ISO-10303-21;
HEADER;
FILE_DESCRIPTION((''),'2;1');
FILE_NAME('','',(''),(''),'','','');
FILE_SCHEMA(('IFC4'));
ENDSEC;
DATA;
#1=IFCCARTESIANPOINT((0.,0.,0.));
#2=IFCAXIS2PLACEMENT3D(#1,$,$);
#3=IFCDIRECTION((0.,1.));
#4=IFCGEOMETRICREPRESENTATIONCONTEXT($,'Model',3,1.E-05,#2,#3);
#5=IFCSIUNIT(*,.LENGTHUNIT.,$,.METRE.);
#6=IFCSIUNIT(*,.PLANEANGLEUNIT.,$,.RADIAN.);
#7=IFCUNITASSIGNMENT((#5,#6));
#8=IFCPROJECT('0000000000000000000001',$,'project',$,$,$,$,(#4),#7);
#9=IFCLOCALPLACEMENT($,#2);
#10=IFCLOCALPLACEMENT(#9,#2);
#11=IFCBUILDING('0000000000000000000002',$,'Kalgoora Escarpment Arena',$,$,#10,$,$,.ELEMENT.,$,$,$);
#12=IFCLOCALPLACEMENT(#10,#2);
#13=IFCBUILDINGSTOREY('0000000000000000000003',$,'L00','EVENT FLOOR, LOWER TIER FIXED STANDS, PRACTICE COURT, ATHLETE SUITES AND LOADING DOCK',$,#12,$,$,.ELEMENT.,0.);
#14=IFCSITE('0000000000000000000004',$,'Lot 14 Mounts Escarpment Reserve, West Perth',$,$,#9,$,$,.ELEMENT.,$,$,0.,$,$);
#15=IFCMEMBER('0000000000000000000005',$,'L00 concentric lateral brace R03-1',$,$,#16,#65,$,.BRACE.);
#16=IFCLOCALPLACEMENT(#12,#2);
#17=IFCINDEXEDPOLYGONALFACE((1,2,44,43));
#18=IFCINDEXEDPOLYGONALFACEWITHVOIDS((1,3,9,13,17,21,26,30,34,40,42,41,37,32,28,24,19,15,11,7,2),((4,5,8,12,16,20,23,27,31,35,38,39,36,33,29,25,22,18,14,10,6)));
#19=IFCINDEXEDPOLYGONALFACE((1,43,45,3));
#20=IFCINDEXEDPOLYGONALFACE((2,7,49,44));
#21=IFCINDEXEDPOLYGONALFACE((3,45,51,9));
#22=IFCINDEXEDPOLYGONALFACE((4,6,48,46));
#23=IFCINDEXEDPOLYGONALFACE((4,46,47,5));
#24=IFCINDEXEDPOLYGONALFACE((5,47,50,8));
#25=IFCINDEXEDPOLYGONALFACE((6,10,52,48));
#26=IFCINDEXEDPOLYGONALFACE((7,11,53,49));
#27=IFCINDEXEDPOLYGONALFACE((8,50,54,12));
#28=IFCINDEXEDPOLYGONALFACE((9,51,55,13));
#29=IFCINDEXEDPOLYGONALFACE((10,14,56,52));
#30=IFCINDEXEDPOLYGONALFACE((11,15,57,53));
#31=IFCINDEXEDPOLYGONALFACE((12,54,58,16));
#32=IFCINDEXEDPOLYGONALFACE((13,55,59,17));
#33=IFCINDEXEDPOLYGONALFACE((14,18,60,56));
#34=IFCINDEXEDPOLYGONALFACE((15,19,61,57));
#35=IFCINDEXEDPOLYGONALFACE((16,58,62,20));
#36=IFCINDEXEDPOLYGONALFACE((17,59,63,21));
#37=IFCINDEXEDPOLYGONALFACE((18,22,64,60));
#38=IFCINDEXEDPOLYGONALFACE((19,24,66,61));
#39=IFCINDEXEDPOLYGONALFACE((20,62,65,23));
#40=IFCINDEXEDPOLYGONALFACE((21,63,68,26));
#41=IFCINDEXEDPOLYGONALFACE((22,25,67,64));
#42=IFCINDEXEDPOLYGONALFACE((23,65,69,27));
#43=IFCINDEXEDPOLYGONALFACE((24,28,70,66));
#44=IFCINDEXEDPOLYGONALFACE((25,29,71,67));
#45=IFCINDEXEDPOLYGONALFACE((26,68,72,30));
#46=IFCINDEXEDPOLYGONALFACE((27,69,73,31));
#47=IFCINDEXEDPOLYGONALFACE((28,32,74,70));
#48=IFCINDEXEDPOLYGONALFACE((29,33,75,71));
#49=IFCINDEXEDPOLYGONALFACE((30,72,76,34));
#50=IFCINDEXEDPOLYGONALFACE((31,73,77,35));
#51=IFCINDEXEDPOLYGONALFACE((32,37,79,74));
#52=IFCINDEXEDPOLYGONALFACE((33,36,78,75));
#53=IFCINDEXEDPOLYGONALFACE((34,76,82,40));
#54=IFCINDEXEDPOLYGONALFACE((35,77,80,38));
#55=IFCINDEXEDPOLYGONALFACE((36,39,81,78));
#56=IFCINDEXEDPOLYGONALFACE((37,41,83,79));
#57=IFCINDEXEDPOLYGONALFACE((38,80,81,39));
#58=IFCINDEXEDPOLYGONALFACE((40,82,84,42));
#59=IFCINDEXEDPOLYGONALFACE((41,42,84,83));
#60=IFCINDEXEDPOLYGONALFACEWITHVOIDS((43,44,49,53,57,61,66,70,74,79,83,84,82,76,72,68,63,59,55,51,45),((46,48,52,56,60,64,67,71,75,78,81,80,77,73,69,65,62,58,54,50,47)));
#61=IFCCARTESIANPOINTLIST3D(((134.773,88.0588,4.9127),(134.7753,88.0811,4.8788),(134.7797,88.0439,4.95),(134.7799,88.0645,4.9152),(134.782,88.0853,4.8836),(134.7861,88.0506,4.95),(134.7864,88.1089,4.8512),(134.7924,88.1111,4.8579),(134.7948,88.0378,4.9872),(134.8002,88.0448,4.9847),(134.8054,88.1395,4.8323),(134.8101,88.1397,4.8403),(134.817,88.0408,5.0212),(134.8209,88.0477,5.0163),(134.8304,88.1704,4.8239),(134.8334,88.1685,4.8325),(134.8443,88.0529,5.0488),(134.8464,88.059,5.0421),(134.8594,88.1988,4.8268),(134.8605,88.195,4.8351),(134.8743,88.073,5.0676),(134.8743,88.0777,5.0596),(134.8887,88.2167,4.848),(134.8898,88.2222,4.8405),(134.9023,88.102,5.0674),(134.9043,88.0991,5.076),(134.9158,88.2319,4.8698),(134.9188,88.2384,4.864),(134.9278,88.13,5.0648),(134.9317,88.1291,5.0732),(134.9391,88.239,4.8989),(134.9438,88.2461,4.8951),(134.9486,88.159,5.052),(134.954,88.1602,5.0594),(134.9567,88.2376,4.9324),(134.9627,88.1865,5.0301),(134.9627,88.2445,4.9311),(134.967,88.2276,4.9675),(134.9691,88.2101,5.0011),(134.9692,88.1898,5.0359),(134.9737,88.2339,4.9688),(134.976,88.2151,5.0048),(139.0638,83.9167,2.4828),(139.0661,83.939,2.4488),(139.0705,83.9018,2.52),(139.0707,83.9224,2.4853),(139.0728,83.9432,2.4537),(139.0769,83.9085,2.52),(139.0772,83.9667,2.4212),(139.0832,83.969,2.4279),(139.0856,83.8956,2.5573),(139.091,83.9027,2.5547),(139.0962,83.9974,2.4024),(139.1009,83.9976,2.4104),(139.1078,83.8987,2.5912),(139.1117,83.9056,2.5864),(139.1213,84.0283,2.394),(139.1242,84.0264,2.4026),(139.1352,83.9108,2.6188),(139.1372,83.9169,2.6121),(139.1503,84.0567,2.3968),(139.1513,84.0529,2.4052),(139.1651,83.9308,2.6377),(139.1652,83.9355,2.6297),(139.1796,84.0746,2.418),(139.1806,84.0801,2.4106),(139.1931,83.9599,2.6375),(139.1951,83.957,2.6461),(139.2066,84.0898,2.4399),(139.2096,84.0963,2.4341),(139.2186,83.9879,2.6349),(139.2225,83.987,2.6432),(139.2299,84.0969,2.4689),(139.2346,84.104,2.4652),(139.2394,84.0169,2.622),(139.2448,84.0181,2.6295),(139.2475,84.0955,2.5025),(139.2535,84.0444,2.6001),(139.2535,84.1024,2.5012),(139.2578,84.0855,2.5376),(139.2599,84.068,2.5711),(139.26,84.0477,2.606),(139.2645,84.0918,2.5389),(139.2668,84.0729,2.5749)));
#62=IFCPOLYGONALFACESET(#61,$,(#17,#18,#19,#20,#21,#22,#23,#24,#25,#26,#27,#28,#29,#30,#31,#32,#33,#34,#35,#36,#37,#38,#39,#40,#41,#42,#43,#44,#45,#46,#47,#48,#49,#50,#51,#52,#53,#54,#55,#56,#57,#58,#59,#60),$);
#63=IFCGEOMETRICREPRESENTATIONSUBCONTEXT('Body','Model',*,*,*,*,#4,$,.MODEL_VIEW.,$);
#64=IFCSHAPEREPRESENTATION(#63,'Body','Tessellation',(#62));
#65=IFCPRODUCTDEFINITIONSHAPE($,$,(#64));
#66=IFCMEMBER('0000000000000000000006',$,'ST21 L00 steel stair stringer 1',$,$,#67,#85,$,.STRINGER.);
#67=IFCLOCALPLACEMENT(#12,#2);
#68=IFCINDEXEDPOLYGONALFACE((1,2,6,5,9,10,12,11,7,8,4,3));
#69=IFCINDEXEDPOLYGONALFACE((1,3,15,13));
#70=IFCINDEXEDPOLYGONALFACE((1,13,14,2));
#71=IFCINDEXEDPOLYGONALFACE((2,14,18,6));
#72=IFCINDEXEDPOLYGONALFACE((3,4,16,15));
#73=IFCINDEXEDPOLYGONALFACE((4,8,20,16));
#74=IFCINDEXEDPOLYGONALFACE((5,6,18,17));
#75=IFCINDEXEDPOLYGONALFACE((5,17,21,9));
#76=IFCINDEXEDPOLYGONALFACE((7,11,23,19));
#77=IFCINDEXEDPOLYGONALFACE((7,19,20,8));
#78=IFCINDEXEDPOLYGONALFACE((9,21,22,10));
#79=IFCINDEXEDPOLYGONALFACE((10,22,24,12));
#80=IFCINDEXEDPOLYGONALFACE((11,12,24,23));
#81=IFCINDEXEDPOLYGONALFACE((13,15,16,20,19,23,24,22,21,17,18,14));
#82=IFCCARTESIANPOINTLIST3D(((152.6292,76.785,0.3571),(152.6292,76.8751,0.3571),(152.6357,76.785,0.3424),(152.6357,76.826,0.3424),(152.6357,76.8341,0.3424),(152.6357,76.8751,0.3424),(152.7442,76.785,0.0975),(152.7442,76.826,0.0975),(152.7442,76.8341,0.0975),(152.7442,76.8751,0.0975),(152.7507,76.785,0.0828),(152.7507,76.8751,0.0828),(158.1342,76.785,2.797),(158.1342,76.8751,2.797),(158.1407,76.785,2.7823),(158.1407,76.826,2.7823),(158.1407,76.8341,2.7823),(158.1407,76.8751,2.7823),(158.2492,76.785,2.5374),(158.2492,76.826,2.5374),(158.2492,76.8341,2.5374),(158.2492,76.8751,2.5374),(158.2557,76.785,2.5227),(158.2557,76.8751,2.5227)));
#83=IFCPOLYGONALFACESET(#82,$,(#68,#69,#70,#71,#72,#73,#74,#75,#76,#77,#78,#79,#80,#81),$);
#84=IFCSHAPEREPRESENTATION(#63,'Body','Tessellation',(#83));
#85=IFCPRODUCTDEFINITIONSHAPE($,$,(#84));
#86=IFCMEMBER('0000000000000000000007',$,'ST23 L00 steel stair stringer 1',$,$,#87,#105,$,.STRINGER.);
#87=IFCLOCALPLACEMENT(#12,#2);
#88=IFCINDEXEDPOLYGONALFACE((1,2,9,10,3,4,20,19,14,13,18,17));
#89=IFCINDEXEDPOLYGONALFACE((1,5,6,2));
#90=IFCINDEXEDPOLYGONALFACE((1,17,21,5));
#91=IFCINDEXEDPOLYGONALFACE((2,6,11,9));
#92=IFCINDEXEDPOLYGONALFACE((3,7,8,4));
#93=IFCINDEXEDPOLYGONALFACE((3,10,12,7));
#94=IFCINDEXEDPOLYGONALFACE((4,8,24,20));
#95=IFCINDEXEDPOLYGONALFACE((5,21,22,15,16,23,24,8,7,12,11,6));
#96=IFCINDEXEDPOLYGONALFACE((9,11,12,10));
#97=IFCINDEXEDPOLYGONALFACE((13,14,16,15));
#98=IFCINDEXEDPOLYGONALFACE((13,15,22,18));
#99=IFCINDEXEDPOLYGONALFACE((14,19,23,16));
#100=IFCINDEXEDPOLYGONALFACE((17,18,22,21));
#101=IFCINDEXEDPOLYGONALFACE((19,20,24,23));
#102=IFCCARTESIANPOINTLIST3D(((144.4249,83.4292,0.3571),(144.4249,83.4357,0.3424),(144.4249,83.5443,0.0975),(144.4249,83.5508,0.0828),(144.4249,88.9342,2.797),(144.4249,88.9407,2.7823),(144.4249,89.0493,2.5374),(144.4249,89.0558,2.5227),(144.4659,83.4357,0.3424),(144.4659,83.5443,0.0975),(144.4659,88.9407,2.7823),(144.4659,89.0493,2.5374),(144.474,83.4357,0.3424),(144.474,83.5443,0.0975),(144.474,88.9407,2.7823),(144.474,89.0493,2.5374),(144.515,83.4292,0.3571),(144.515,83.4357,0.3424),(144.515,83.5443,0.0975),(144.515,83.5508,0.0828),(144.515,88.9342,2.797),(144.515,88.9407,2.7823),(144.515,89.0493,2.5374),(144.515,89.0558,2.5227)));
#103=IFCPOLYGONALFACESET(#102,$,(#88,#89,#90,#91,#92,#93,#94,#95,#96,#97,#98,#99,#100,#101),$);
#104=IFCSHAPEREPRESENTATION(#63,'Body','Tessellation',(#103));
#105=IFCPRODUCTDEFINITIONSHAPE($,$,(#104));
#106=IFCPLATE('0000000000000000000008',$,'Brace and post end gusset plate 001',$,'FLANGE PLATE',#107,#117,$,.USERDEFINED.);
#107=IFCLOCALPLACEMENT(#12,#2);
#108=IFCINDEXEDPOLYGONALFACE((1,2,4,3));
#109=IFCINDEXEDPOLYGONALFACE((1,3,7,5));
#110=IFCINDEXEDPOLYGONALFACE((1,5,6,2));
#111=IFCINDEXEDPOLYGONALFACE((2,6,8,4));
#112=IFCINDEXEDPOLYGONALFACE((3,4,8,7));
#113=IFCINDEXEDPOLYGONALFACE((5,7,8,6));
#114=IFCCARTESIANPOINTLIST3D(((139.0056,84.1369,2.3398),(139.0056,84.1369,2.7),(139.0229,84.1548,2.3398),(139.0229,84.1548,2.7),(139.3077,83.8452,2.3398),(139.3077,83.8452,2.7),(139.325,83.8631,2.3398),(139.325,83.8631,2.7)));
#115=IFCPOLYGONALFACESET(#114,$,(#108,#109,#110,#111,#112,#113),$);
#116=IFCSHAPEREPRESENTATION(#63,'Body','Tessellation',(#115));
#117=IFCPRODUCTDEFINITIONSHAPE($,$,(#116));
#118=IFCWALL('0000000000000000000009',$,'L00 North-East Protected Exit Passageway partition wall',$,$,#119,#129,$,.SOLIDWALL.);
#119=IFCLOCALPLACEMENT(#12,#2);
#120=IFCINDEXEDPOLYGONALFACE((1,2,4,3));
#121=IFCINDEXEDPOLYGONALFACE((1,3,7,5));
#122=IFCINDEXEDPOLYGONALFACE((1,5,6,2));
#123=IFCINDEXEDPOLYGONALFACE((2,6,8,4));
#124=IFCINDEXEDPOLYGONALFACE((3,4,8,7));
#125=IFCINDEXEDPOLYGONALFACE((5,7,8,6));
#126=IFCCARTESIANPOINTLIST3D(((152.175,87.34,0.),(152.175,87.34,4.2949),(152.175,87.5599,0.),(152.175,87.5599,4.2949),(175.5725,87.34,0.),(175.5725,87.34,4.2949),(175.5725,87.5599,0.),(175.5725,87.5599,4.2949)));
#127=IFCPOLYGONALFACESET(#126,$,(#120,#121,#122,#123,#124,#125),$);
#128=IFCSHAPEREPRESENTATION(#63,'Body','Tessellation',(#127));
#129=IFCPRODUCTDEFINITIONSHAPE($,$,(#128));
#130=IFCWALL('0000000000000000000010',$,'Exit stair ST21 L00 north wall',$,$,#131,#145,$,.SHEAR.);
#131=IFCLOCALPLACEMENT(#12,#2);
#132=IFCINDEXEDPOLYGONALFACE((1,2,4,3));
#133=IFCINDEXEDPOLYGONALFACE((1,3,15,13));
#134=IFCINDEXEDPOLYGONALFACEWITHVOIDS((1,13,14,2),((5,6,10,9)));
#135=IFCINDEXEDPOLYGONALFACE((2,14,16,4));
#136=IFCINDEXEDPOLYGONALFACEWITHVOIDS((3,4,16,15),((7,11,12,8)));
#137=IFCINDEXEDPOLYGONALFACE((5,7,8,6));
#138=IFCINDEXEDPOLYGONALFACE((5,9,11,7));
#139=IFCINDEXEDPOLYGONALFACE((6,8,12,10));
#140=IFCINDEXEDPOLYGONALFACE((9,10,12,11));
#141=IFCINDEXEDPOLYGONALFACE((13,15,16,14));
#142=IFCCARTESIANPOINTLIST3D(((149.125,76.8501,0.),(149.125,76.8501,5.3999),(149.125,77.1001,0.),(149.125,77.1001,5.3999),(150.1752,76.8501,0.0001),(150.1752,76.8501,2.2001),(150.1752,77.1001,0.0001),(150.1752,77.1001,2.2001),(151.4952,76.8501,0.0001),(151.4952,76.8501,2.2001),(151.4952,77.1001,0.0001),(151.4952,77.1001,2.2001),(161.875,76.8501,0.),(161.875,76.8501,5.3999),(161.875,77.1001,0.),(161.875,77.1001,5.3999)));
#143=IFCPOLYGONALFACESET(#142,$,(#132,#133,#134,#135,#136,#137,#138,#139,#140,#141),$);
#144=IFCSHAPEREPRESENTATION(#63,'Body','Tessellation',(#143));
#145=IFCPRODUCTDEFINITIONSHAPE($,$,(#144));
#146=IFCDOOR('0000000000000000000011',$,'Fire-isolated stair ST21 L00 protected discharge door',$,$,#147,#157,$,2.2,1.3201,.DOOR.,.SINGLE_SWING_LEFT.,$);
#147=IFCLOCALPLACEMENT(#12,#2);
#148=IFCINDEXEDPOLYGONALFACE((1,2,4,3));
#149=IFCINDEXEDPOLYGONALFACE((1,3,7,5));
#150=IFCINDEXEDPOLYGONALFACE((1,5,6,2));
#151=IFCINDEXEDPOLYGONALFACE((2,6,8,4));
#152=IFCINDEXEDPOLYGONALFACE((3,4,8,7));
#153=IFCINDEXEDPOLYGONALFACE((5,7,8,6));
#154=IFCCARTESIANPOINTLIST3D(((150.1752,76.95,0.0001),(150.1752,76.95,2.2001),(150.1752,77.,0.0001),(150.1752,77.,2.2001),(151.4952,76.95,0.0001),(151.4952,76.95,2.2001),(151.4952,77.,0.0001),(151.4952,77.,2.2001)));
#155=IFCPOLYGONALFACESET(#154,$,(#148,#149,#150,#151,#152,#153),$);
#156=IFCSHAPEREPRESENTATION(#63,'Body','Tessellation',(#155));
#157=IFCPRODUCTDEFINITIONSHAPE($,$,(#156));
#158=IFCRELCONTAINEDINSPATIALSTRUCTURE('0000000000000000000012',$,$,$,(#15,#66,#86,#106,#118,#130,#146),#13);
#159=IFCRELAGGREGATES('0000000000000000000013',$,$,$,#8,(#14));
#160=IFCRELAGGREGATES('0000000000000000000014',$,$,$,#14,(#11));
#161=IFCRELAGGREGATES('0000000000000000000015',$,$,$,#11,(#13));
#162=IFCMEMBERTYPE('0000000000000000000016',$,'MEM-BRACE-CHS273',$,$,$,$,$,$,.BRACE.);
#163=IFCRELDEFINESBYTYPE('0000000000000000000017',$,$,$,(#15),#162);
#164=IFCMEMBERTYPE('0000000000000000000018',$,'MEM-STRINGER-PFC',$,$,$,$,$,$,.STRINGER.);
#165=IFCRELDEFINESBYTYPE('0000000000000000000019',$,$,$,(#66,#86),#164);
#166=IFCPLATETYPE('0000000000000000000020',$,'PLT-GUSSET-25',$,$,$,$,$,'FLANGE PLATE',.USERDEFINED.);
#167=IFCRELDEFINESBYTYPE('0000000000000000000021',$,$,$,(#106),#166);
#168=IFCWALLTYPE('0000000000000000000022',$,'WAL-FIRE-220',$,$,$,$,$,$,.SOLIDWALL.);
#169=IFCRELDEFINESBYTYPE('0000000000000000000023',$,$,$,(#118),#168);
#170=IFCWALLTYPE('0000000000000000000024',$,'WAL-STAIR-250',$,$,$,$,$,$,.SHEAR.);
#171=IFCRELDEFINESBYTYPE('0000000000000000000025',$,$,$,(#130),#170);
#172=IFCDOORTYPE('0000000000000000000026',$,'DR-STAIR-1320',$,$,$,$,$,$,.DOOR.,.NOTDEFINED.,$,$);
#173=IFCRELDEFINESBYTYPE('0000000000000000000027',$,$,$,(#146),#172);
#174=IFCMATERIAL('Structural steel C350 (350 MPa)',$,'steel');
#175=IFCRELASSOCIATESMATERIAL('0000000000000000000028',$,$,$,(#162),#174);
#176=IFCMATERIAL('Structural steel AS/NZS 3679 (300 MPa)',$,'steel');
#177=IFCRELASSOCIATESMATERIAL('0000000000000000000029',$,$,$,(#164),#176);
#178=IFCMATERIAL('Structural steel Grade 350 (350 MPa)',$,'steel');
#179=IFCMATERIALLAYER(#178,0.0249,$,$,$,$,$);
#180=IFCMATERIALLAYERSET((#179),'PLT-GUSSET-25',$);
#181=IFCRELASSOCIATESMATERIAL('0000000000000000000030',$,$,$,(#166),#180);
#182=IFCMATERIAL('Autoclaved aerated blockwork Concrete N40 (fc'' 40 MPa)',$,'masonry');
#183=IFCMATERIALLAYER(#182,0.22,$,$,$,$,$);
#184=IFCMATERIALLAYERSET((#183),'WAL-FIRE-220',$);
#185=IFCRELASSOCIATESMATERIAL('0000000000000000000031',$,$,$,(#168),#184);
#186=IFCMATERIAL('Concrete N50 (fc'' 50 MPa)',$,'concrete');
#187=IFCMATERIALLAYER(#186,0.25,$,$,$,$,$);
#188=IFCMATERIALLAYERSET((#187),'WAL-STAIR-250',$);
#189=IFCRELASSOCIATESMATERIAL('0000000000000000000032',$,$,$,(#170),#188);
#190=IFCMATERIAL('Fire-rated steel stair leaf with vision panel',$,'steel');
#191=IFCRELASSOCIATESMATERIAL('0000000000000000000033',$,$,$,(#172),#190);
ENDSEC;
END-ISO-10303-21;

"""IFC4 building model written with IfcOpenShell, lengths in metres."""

from ifc_helpers import new_model, si_unit, direction, frame, frame_2d, origin, origin_2d, place, context, subcontext, project, spatial, rectangle, hollow_circle, i_section, extrude, material, layer, layer_set, material_profile, profile_set, type_object, element, fill, save


model = new_model("IFC4")

# Units and contexts
model_context = context("Model", 3, precision=1e-05, world=origin(), true_north=direction((0.0, 1.0)))
body_context = subcontext(model_context, "Body", "Model", "MODEL_VIEW")
ifc_project = project(units=[si_unit("LENGTHUNIT", "METRE"), si_unit("PLANEANGLEUNIT", "RADIAN")], contexts=[model_context])

# Site, building, storey
site_placement = place(None, origin())
site = spatial("IfcSite", under=ifc_project, at=site_placement, Name="Lot 14 Mounts Escarpment Reserve, West Perth", CompositionType="ELEMENT", RefElevation=0.0)
building_placement = place(site_placement, origin())
building = spatial("IfcBuilding", under=site, at=building_placement, Name="Kalgoora Escarpment Arena", CompositionType="ELEMENT")
storey_placement = place(building_placement, origin())
storey = spatial("IfcBuildingStorey", under=building, at=storey_placement, Name="L00", Description="EVENT FLOOR, LOWER TIER FIXED STANDS, PRACTICE COURT, ATHLETE SUITES AND LOADING DOCK", CompositionType="ELEMENT", Elevation=0.0)

# Members
ifc_material_1 = material(Name="Structural steel C350 (350 MPa)", Category="steel")
ifc_material_profile_1 = material_profile(ifc_material_1, hollow_circle(Radius=0.1365, WallThickness=0.0093, at=origin_2d()))
ifc_profile_set_1 = profile_set([ifc_material_profile_1], Name="Structural steel C350 (350 MPa)")
member_type_1 = type_object("IfcMemberType", Name="MEM-BRACE-CHS273", PredefinedType="BRACE", material=ifc_profile_set_1)
member_placement = place(storey_placement, frame((139.1653, 84.0, 2.52), z_axis=(-0.66628, 0.643193, 0.377325), x_axis=(-0.694532, -0.719462, 0.0)))
element("IfcMember", 1, at=member_placement, inside=storey, type_object=member_type_1, Name="L00 concentric lateral brace R03-1", PredefinedType="BRACE", context=body_context, shape_type="SweptSolid", body=[
    extrude(hollow_circle(Radius=0.1365, WallThickness=0.0093, at=origin_2d()), origin(), (0.0, 0.0, 1.0), 6.4399),
])
ifc_material_2 = material(Name="Structural steel AS/NZS 3679 (300 MPa)", Category="steel")
ifc_material_profile_2 = material_profile(ifc_material_2, i_section(OverallWidth=0.0901, OverallDepth=0.3, WebThickness=0.0081, FlangeThickness=0.0161, at=origin_2d()))
ifc_profile_set_2 = profile_set([ifc_material_profile_2], Name="Structural steel AS/NZS 3679 (300 MPa)")
member_type_2 = type_object("IfcMemberType", Name="MEM-STRINGER-PFC", PredefinedType="STRINGER", material=ifc_profile_set_2)
for number, where, z_axis, x_axis, name in (
    (2, (152.6899, 76.8301, 0.22), (0.914229, 0.0, 0.405198), (0.0, 1.0, 0.0), "ST21 L00 steel stair stringer 1"),
    (3, (144.47, 83.49, 0.22), (0.0, 0.914229, 0.405198), (-1.0, 0.0, 0.0), "ST23 L00 steel stair stringer 1"),
):
    element("IfcMember", number, at=place(storey_placement, frame(where, z_axis=z_axis, x_axis=x_axis)), inside=storey, type_object=member_type_2, Name=name, PredefinedType="STRINGER", context=body_context, shape_type="SweptSolid", body=[
        extrude(i_section(OverallWidth=0.0901, OverallDepth=0.3, WebThickness=0.0081, FlangeThickness=0.0161, at=origin_2d()), origin(), (0.0, 0.0, 1.0), 6.0215),
    ])

# Plate
ifc_material_3 = material(Name="Structural steel Grade 350 (350 MPa)", Category="steel")
ifc_layer_1 = layer(ifc_material_3, 0.0249)
ifc_layer_set_1 = layer_set([ifc_layer_1], Name="PLT-GUSSET-25")
plate_type = type_object("IfcPlateType", Name="PLT-GUSSET-25", ElementType="FLANGE PLATE", PredefinedType="USERDEFINED", material=ifc_layer_set_1)
plate_placement = place(storey_placement, frame((139.1653, 84.0, 2.3398), z_axis=(0.0, 0.0, 1.0), x_axis=(-0.71934, 0.694658, 0.0)))
element("IfcPlate", 4, at=plate_placement, inside=storey, type_object=plate_type, Name="Brace and post end gusset plate 001", ObjectType="FLANGE PLATE", PredefinedType="USERDEFINED", context=body_context, shape_type="SweptSolid", body=[
    extrude(rectangle(XDim=0.4199, YDim=0.0249, at=origin_2d()), origin(), (0.0, 0.0, 1.0), 0.3601),
])

# Wall
ifc_material_4 = material(Name="Autoclaved aerated blockwork Concrete N40 (fc' 40 MPa)", Category="masonry")
ifc_layer_2 = layer(ifc_material_4, 0.22)
ifc_layer_set_2 = layer_set([ifc_layer_2], Name="WAL-FIRE-220")
wall_type_1 = type_object("IfcWallType", Name="WAL-FIRE-220", PredefinedType="SOLIDWALL", material=ifc_layer_set_2)
wall_1_placement = place(storey_placement, frame((152.175, 87.45, 0.0), z_axis=(0.0, 0.0, 1.0), x_axis=(1.0, 0.0, 0.0)))
element("IfcWall", 5, at=wall_1_placement, inside=storey, type_object=wall_type_1, Name="L00 North-East Protected Exit Passageway partition wall", PredefinedType="SOLIDWALL", context=body_context, shape_type="SweptSolid", body=[
    extrude(rectangle(XDim=23.3975, YDim=0.22, at=frame_2d((11.6987, 0.0))), origin(), (0.0, 0.0, 1.0), 4.2949),
])

# Wall, opening, door
ifc_material_5 = material(Name="Concrete N50 (fc' 50 MPa)", Category="concrete")
ifc_layer_3 = layer(ifc_material_5, 0.25)
ifc_layer_set_3 = layer_set([ifc_layer_3], Name="WAL-STAIR-250")
wall_type_2 = type_object("IfcWallType", Name="WAL-STAIR-250", PredefinedType="SHEAR", material=ifc_layer_set_3)
wall_2_placement = place(storey_placement, frame((149.125, 76.9751, 0.0), z_axis=(0.0, 0.0, 1.0), x_axis=(1.0, 0.0, 0.0)))
wall_2 = element("IfcWall", 6, at=wall_2_placement, inside=storey, type_object=wall_type_2, Name="Exit stair ST21 L00 north wall", PredefinedType="SHEAR", context=body_context, shape_type="SweptSolid", body=[
    extrude(rectangle(XDim=12.75, YDim=0.25, at=frame_2d((6.375, 0.0))), origin(), (0.0, 0.0, 1.0), 5.3999),
])
opening_1_placement = place(wall_2_placement, frame((1.05, 0.0, 0.0)))
opening_1 = element("IfcOpeningElement", 7, at=opening_1_placement, cuts=wall_2, PredefinedType="OPENING", context=body_context, shape_type="SweptSolid", body=[
    extrude(rectangle(XDim=1.3201, YDim=2.2, at=frame_2d((0.6602, 1.1001))), frame((0.0, 0.135, 0.0), z_axis=(0.0, -1.0, 0.0), x_axis=(1.0, 0.0, 0.0)), (0.0, 0.0, 1.0), 0.27),
])
ifc_material_6 = material(Name="Fire-rated steel stair leaf with vision panel", Category="steel")
door_type_1 = type_object("IfcDoorType", Name="DR-STAIR-1320", OperationType="NOTDEFINED", PredefinedType="DOOR", material=ifc_material_6)
door_1_placement = place(opening_1_placement, origin())
door_1 = element("IfcDoor", 8, at=door_1_placement, inside=storey, type_object=door_type_1, Name="Fire-isolated stair ST21 L00 protected discharge door", OperationType="SINGLE_SWING_LEFT", OverallHeight=2.2, OverallWidth=1.3201, PredefinedType="DOOR", context=body_context, shape_type="SweptSolid", body=[
    extrude(rectangle(XDim=1.3201, YDim=2.2, at=frame_2d((0.6602, 1.1001))), frame((0.0, 0.0249, 0.0), z_axis=(0.0, -1.0, 0.0), x_axis=(1.0, 0.0, 0.0)), (0.0, 0.0, 1.0), 0.05),
])
fill(opening_1, door_1)

save(model, "model.ifc")
